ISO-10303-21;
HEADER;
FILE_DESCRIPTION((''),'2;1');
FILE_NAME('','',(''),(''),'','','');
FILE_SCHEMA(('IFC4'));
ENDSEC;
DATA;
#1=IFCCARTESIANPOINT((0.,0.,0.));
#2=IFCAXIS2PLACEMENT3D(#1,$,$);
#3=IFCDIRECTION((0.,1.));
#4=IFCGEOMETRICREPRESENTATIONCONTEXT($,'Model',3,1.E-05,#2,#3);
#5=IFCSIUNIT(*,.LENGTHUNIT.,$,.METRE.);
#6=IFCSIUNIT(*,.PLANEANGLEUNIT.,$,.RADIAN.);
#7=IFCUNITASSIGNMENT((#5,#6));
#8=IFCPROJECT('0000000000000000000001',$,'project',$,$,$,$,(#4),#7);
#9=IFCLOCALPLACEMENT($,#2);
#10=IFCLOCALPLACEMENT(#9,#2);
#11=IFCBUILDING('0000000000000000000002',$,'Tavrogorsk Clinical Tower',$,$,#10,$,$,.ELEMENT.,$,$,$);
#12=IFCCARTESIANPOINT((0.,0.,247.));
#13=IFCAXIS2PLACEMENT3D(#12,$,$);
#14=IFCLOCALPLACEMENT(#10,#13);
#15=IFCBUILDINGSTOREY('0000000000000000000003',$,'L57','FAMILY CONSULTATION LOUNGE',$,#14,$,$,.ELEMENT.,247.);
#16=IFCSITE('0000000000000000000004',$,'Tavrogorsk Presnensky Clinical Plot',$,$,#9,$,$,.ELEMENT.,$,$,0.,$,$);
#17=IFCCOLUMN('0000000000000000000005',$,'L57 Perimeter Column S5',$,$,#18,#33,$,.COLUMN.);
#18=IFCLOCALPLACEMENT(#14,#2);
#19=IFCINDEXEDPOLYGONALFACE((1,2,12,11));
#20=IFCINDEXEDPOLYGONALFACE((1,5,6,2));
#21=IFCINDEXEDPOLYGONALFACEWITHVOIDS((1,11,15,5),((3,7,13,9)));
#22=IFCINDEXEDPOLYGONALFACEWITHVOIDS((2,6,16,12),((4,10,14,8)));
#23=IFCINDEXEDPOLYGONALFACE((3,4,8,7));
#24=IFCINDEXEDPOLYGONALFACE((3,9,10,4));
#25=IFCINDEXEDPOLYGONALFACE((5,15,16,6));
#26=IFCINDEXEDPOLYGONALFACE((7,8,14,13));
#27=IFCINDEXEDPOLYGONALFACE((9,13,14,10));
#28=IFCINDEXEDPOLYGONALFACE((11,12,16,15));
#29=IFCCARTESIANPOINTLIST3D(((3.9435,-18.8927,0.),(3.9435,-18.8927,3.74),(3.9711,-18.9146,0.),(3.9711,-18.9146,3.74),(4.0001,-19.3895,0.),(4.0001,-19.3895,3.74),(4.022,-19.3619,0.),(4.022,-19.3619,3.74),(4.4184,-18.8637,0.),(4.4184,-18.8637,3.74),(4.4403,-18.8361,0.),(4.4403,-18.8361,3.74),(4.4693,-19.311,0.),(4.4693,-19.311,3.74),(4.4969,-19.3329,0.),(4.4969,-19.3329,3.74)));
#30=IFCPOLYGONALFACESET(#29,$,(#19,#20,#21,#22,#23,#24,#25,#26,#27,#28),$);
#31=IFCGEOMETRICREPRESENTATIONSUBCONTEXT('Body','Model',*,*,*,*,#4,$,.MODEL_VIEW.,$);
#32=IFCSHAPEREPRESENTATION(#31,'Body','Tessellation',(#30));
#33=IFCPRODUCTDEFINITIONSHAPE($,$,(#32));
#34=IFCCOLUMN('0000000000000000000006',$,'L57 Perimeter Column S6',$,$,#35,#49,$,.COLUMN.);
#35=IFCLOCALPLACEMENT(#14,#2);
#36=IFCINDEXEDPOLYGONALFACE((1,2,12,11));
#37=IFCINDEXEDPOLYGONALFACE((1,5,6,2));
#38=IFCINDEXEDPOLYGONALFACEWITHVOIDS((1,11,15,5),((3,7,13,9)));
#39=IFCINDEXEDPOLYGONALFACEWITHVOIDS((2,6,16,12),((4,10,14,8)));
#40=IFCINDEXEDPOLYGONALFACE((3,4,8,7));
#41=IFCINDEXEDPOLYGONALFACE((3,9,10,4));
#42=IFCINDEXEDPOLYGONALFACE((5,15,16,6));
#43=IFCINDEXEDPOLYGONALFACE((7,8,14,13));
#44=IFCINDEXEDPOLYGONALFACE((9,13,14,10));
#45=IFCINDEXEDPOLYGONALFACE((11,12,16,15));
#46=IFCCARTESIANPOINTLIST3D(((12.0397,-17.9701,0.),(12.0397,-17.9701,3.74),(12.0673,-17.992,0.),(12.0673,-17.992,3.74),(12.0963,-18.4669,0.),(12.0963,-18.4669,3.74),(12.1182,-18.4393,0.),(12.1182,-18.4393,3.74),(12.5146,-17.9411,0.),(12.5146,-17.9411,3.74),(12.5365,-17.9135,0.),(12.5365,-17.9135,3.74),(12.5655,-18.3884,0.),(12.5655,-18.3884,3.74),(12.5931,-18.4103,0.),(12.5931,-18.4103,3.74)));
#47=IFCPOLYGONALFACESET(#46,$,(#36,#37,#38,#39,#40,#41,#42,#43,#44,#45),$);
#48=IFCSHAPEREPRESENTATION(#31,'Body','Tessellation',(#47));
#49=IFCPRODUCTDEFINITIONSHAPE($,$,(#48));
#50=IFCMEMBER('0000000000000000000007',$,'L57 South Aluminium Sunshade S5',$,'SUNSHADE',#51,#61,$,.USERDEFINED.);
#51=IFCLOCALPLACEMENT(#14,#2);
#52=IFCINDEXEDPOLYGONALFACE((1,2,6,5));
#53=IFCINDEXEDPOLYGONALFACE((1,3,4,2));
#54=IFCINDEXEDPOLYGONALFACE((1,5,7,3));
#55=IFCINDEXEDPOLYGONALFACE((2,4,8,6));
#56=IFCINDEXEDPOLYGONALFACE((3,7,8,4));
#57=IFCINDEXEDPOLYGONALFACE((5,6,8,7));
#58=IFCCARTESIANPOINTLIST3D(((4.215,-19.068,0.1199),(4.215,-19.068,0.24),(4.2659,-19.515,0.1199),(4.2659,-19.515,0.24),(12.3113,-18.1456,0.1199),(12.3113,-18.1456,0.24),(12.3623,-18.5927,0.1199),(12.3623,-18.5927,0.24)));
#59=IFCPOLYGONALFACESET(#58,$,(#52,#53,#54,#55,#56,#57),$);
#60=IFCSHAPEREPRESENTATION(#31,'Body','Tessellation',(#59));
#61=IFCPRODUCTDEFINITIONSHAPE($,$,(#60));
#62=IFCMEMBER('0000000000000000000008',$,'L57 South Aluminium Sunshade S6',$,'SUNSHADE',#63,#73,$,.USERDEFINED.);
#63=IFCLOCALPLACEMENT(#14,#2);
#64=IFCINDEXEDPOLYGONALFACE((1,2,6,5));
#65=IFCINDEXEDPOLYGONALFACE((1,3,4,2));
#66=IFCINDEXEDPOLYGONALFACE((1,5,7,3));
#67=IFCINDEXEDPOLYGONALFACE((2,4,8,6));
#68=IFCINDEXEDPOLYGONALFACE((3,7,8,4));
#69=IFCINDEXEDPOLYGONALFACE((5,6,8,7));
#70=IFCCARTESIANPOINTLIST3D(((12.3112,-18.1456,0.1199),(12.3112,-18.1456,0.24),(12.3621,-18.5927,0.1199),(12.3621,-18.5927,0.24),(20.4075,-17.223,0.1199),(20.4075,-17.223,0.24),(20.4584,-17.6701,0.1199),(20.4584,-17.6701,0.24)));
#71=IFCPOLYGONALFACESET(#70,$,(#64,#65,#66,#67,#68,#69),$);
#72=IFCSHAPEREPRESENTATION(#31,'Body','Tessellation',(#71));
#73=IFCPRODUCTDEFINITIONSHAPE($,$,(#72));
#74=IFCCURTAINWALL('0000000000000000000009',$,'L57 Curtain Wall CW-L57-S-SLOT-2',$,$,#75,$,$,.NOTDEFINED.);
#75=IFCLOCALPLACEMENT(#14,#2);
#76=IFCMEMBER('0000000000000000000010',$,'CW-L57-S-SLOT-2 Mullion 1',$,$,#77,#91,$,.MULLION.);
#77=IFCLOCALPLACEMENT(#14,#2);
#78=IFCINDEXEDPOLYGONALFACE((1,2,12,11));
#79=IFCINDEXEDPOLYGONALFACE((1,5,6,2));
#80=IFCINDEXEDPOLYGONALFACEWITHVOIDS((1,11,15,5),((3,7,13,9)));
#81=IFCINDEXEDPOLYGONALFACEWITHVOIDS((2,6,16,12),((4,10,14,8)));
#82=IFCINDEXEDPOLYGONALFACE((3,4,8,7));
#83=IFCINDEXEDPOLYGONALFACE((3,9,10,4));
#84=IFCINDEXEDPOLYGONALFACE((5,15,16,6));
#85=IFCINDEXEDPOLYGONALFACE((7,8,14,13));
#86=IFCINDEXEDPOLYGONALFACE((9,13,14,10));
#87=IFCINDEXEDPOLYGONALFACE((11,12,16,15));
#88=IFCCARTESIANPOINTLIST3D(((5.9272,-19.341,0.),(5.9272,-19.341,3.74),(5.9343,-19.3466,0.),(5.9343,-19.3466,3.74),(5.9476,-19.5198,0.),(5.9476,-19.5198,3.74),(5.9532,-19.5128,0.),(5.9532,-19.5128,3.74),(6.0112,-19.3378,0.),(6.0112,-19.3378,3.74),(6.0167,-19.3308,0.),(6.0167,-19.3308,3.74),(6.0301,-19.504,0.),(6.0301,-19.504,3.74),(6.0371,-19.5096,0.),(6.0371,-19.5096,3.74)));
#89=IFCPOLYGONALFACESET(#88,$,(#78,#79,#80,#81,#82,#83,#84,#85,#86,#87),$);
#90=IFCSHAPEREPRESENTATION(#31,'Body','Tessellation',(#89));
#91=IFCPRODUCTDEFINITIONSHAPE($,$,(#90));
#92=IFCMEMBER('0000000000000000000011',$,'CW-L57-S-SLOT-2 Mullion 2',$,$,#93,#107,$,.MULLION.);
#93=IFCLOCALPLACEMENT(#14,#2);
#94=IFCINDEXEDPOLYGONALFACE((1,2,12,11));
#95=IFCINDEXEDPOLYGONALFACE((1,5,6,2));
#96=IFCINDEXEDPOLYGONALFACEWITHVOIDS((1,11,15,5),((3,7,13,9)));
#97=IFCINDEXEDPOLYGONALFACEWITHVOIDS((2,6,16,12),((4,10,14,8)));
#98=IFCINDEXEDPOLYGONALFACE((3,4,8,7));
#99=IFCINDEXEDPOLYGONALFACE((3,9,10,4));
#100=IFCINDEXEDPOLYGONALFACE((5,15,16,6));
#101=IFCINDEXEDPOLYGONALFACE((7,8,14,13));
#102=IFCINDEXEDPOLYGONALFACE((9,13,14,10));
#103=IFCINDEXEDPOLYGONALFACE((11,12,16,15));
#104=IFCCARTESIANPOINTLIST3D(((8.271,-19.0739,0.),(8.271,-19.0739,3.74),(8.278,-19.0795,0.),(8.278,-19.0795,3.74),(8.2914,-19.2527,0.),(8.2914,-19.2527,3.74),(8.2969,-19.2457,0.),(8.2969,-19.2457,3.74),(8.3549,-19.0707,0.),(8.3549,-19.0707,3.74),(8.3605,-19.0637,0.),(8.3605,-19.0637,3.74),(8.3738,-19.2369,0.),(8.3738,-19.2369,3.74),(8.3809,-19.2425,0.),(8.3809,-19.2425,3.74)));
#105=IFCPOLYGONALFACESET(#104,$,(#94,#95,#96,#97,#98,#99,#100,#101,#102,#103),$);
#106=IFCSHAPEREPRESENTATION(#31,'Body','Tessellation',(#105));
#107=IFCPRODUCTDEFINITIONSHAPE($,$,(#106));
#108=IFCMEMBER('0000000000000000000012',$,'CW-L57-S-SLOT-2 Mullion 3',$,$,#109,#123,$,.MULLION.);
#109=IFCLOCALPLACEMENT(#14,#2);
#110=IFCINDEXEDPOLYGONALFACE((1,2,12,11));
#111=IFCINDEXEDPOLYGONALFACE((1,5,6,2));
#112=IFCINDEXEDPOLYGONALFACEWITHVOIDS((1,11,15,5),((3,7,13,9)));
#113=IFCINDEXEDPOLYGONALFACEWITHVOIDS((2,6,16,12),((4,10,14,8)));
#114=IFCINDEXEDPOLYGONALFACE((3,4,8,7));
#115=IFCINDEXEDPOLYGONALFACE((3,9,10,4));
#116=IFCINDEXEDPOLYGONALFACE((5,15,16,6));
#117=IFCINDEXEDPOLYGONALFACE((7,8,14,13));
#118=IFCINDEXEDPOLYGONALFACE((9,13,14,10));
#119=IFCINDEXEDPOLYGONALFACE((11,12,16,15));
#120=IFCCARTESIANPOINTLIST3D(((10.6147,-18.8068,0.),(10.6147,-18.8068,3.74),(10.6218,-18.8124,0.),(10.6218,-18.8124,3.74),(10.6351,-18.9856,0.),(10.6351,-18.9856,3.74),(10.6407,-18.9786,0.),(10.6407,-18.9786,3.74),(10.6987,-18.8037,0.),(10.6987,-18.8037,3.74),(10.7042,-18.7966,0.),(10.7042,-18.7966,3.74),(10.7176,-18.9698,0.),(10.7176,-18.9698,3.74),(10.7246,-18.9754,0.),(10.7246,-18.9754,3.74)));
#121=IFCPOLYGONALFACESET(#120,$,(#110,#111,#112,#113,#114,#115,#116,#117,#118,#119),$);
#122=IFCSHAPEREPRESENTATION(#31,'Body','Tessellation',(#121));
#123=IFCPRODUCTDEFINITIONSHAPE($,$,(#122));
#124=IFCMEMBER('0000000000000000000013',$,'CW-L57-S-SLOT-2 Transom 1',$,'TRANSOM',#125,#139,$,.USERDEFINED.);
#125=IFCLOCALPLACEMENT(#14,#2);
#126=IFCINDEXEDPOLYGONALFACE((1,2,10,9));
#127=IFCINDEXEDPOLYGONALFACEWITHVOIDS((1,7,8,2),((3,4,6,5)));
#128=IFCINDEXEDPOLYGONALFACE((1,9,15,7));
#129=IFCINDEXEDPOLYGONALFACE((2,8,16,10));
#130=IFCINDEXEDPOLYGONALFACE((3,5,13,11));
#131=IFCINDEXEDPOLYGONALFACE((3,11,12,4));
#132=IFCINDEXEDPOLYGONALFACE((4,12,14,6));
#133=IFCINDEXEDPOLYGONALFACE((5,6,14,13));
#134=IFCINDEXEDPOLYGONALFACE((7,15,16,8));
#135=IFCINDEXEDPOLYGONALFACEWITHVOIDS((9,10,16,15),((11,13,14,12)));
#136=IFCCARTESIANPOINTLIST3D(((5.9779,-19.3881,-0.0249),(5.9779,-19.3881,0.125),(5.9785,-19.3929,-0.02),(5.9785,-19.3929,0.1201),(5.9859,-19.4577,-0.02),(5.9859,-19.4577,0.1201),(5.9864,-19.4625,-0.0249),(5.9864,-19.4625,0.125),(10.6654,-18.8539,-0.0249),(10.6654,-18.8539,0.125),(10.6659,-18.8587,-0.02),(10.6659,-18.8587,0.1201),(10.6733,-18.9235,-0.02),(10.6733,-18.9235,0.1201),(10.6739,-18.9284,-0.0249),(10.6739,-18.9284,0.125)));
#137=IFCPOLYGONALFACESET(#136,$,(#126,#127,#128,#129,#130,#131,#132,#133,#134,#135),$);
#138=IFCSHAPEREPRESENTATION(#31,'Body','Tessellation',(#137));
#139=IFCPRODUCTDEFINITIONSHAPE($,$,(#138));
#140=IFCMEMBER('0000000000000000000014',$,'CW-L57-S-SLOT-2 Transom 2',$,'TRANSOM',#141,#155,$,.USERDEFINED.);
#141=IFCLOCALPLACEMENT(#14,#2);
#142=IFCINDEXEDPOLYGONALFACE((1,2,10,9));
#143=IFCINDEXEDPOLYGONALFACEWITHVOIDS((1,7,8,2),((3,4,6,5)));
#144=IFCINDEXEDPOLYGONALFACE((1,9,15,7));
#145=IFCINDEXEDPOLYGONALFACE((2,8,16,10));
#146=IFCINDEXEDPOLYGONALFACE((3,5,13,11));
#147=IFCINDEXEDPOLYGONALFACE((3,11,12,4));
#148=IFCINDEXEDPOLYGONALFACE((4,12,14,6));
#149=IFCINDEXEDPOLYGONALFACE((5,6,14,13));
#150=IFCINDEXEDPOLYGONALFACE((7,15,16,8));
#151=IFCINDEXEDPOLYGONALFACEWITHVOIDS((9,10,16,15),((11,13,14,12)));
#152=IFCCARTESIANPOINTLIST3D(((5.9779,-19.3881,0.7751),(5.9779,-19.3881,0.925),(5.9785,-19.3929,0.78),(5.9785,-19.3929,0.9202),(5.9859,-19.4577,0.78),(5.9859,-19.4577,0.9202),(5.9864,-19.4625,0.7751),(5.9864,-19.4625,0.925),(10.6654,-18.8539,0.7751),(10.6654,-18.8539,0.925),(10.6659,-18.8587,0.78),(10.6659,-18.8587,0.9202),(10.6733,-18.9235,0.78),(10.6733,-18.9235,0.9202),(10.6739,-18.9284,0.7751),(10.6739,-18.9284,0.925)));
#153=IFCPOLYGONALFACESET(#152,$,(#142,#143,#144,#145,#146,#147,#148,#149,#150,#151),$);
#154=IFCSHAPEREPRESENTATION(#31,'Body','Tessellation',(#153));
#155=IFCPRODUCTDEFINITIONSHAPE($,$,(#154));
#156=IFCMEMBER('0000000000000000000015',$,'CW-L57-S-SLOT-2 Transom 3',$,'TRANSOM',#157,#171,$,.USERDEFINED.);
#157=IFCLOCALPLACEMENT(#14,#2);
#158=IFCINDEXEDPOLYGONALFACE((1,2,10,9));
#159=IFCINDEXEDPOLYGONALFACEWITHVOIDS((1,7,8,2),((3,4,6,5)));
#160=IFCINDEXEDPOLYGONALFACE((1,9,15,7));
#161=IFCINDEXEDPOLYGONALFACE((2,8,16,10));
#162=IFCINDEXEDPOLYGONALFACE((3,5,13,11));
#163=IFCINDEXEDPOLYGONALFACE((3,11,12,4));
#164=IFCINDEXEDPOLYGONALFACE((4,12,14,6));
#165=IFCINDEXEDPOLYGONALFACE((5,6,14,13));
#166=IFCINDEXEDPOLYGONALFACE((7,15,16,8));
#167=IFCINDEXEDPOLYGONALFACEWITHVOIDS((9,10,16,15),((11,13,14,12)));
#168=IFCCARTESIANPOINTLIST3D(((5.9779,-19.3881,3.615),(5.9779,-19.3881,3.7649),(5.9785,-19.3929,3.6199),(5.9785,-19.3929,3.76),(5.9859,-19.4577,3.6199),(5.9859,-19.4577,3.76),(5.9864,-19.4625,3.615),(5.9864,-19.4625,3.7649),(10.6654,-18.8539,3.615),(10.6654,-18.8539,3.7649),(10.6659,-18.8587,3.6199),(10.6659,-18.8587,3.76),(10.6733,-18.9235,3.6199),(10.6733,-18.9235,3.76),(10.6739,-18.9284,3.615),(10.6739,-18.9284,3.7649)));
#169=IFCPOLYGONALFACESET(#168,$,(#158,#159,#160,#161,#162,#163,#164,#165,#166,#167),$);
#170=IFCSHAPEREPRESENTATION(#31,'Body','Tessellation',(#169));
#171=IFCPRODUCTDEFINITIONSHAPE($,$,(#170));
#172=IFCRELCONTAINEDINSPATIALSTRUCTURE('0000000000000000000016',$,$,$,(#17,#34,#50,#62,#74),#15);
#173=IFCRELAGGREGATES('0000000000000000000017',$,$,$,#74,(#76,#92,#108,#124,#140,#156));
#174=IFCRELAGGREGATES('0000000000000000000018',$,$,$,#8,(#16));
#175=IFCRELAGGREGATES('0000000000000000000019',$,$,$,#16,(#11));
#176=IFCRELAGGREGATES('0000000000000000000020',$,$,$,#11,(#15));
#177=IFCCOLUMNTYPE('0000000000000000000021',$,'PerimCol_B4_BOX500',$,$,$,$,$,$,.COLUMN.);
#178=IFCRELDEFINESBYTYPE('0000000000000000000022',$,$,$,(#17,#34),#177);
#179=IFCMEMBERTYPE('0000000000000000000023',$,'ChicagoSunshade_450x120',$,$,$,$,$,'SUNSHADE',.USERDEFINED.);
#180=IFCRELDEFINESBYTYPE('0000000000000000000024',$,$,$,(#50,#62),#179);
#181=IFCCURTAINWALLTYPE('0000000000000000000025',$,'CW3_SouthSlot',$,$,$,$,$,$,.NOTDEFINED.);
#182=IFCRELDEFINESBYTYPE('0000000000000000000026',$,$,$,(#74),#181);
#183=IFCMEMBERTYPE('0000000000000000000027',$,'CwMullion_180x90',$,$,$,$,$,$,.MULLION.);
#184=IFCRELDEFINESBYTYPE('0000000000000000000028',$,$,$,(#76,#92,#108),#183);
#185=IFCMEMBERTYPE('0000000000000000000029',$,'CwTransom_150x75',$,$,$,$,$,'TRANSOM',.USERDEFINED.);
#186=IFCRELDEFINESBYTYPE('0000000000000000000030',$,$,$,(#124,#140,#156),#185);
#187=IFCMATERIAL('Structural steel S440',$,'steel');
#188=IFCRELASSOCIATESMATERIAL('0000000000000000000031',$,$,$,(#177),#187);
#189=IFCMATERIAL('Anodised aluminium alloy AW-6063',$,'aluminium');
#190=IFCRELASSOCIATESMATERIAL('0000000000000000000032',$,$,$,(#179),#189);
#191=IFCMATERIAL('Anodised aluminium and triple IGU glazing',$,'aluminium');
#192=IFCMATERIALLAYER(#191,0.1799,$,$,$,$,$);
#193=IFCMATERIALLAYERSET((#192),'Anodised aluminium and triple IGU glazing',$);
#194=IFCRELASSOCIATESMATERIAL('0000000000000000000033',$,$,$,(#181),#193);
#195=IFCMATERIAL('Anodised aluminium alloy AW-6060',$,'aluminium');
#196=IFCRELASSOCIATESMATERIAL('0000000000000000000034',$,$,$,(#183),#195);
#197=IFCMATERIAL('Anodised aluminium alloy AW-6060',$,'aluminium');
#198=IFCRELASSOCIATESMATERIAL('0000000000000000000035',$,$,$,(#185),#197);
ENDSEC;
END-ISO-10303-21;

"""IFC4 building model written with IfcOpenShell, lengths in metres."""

from ifc_helpers import new_model, si_unit, direction, frame, origin, origin_2d, place, context, subcontext, project, spatial, rectangle, hollow_rectangle, extrude, material, layer, layer_set, material_profile, profile_set, type_object, element, aggregate, save


model = new_model("IFC4")

# Units and contexts
model_context = context("Model", 3, precision=1e-05, world=origin(), true_north=direction((0.0, 1.0)))
body_context = subcontext(model_context, "Body", "Model", "MODEL_VIEW")
ifc_project = project(units=[si_unit("LENGTHUNIT", "METRE"), si_unit("PLANEANGLEUNIT", "RADIAN")], contexts=[model_context])

# Site, building, storey
site_placement = place(None, origin())
site = spatial("IfcSite", under=ifc_project, at=site_placement, Name="Tavrogorsk Presnensky Clinical Plot", CompositionType="ELEMENT", RefElevation=0.0)
building_placement = place(site_placement, origin())
building = spatial("IfcBuilding", under=site, at=building_placement, Name="Tavrogorsk Clinical Tower", CompositionType="ELEMENT")
storey_placement = place(building_placement, frame((0.0, 0.0, 247.0)))
storey = spatial("IfcBuildingStorey", under=building, at=storey_placement, Name="L57", Description="FAMILY CONSULTATION LOUNGE", CompositionType="ELEMENT", Elevation=247.0)

# Columns
ifc_material_1 = material(Name="Structural steel S440", Category="steel")
ifc_material_profile_1 = material_profile(ifc_material_1, hollow_rectangle(XDim=0.5, YDim=0.5, WallThickness=0.0249, at=origin_2d()), Name="BOX-500x500x25")
ifc_profile_set_1 = profile_set([ifc_material_profile_1], Name="Structural steel S440")
column_type = type_object("IfcColumnType", Name="PerimCol_B4_BOX500", PredefinedType="COLUMN", material=ifc_profile_set_1)
for number, where, z_axis, x_axis, name in (
    (1, (4.2202, -19.1128, 0.0), (0.0, 0.0, 1.0), (0.993572, 0.113203, 0.0), "L57 Perimeter Column S5"),
    (2, (12.3164, -18.1902, 0.0), (0.0, 0.0, 1.0), (0.993572, 0.113203, 0.0), "L57 Perimeter Column S6"),
):
    element("IfcColumn", number, at=place(storey_placement, frame(where, z_axis=z_axis, x_axis=x_axis)), inside=storey, type_object=column_type, Name=name, PredefinedType="COLUMN", context=body_context, shape_type="SweptSolid", body=[
        extrude(hollow_rectangle(XDim=0.5, YDim=0.5, WallThickness=0.0249, at=origin_2d()), origin(), (0.0, 0.0, 1.0), 3.74),
    ])

# Members
ifc_material_2 = material(Name="Anodised aluminium alloy AW-6063", Category="aluminium")
ifc_material_profile_2 = material_profile(ifc_material_2, rectangle(XDim=0.45, YDim=0.1201, at=origin_2d()), Name="ALU-SUNSHADE-450x120")
ifc_profile_set_2 = profile_set([ifc_material_profile_2], Name="Anodised aluminium alloy AW-6063")
member_type_1 = type_object("IfcMemberType", Name="ChicagoSunshade_450x120", ElementType="SUNSHADE", PredefinedType="USERDEFINED", material=ifc_profile_set_2)
for number, where, z_axis, x_axis, name in (
    (3, (4.2405, -19.2915, 0.1799), (0.993573, 0.113193, 0.0), (-0.113193, 0.993573, 0.0), "L57 South Aluminium Sunshade S5"),
    (4, (12.3367, -18.3691, 0.1799), (0.99357, 0.113223, 0.0), (-0.113223, 0.99357, 0.0), "L57 South Aluminium Sunshade S6"),
):
    element("IfcMember", number, at=place(storey_placement, frame(where, z_axis=z_axis, x_axis=x_axis)), inside=storey, type_object=member_type_1, Name=name, ObjectType="SUNSHADE", PredefinedType="USERDEFINED", context=body_context, shape_type="SweptSolid", body=[
        extrude(rectangle(XDim=0.45, YDim=0.1201, at=origin_2d()), origin(), (0.0, 0.0, 1.0), 8.1487),
    ])

# Curtain wall, members
ifc_material_3 = material(Name="Anodised aluminium and triple IGU glazing", Category="aluminium")
ifc_layer_1 = layer(ifc_material_3, 0.1799)
ifc_layer_set_1 = layer_set([ifc_layer_1], Name="Anodised aluminium and triple IGU glazing")
curtain_wall_type = type_object("IfcCurtainWallType", Name="CW3_SouthSlot", PredefinedType="NOTDEFINED", material=ifc_layer_set_1)
curtain_wall_placement = place(storey_placement, origin())
curtain_wall = element("IfcCurtainWall", 5, at=curtain_wall_placement, inside=storey, type_object=curtain_wall_type, Name="L57 Curtain Wall CW-L57-S-SLOT-2", PredefinedType="NOTDEFINED")
ifc_material_4 = material(Name="Anodised aluminium alloy AW-6060", Category="aluminium")
ifc_material_profile_3 = material_profile(ifc_material_4, hollow_rectangle(XDim=0.0901, YDim=0.1799, WallThickness=0.0063, at=origin_2d()), Name="RHS-180x90x6.3")
ifc_profile_set_3 = profile_set([ifc_material_profile_3], Name="Anodised aluminium alloy AW-6060")
member_type_2 = type_object("IfcMemberType", Name="CwMullion_180x90", PredefinedType="MULLION", material=ifc_profile_set_3)
member_1_placement = place(storey_placement, frame((5.9822, -19.4253, 0.0), z_axis=(0.0, 0.0, 1.0), x_axis=(0.993572, 0.113203, 0.0)))
member_1 = element("IfcMember", 6, at=member_1_placement, type_object=member_type_2, Name="CW-L57-S-SLOT-2 Mullion 1", PredefinedType="MULLION", context=body_context, shape_type="SweptSolid", body=[
    extrude(hollow_rectangle(XDim=0.0901, YDim=0.1799, WallThickness=0.0063, at=origin_2d()), origin(), (0.0, 0.0, 1.0), 3.74),
])
member_2_placement = place(storey_placement, frame((8.3259, -19.1582, 0.0), z_axis=(0.0, 0.0, 1.0), x_axis=(0.993572, 0.113203, 0.0)))
member_2 = element("IfcMember", 7, at=member_2_placement, type_object=member_type_2, Name="CW-L57-S-SLOT-2 Mullion 2", PredefinedType="MULLION", context=body_context, shape_type="SweptSolid", body=[
    extrude(hollow_rectangle(XDim=0.0901, YDim=0.1799, WallThickness=0.0063, at=origin_2d()), origin(), (0.0, 0.0, 1.0), 3.74),
])
member_3_placement = place(storey_placement, frame((10.6697, -18.8911, 0.0), z_axis=(0.0, 0.0, 1.0), x_axis=(0.993572, 0.113203, 0.0)))
member_3 = element("IfcMember", 8, at=member_3_placement, type_object=member_type_2, Name="CW-L57-S-SLOT-2 Mullion 3", PredefinedType="MULLION", context=body_context, shape_type="SweptSolid", body=[
    extrude(hollow_rectangle(XDim=0.0901, YDim=0.1799, WallThickness=0.0063, at=origin_2d()), origin(), (0.0, 0.0, 1.0), 3.74),
])
ifc_material_5 = material(Name="Anodised aluminium alloy AW-6060", Category="aluminium")
ifc_material_profile_4 = material_profile(ifc_material_5, hollow_rectangle(XDim=0.075, YDim=0.1499, WallThickness=0.0049, at=origin_2d()), Name="RHS-150x75x5")
ifc_profile_set_4 = profile_set([ifc_material_profile_4], Name="Anodised aluminium alloy AW-6060")
member_type_3 = type_object("IfcMemberType", Name="CwTransom_150x75", ElementType="TRANSOM", PredefinedType="USERDEFINED", material=ifc_profile_set_4)
member_4_placement = place(storey_placement, frame((5.9822, -19.4253, 0.05), z_axis=(0.993569, 0.113226, 0.0), x_axis=(-0.113226, 0.993569, 0.0)))
member_4 = element("IfcMember", 9, at=member_4_placement, type_object=member_type_3, Name="CW-L57-S-SLOT-2 Transom 1", ObjectType="TRANSOM", PredefinedType="USERDEFINED", context=body_context, shape_type="SweptSolid", body=[
    extrude(hollow_rectangle(XDim=0.075, YDim=0.1499, WallThickness=0.0049, at=origin_2d()), origin(), (0.0, 0.0, 1.0), 4.7178),
])
member_5_placement = place(storey_placement, frame((5.9822, -19.4253, 0.8501), z_axis=(0.993569, 0.113226, 0.0), x_axis=(-0.113226, 0.993569, 0.0)))
member_5 = element("IfcMember", 10, at=member_5_placement, type_object=member_type_3, Name="CW-L57-S-SLOT-2 Transom 2", ObjectType="TRANSOM", PredefinedType="USERDEFINED", context=body_context, shape_type="SweptSolid", body=[
    extrude(hollow_rectangle(XDim=0.075, YDim=0.1499, WallThickness=0.0049, at=origin_2d()), origin(), (0.0, 0.0, 1.0), 4.7178),
])
member_6_placement = place(storey_placement, frame((5.9822, -19.4253, 3.6899), z_axis=(0.993569, 0.113226, 0.0), x_axis=(-0.113226, 0.993569, 0.0)))
member_6 = element("IfcMember", 11, at=member_6_placement, type_object=member_type_3, Name="CW-L57-S-SLOT-2 Transom 3", ObjectType="TRANSOM", PredefinedType="USERDEFINED", context=body_context, shape_type="SweptSolid", body=[
    extrude(hollow_rectangle(XDim=0.075, YDim=0.1499, WallThickness=0.0049, at=origin_2d()), origin(), (0.0, 0.0, 1.0), 4.7178),
])

aggregate(curtain_wall, [member_1, member_2, member_3, member_4, member_5, member_6])

save(model, "model.ifc")
